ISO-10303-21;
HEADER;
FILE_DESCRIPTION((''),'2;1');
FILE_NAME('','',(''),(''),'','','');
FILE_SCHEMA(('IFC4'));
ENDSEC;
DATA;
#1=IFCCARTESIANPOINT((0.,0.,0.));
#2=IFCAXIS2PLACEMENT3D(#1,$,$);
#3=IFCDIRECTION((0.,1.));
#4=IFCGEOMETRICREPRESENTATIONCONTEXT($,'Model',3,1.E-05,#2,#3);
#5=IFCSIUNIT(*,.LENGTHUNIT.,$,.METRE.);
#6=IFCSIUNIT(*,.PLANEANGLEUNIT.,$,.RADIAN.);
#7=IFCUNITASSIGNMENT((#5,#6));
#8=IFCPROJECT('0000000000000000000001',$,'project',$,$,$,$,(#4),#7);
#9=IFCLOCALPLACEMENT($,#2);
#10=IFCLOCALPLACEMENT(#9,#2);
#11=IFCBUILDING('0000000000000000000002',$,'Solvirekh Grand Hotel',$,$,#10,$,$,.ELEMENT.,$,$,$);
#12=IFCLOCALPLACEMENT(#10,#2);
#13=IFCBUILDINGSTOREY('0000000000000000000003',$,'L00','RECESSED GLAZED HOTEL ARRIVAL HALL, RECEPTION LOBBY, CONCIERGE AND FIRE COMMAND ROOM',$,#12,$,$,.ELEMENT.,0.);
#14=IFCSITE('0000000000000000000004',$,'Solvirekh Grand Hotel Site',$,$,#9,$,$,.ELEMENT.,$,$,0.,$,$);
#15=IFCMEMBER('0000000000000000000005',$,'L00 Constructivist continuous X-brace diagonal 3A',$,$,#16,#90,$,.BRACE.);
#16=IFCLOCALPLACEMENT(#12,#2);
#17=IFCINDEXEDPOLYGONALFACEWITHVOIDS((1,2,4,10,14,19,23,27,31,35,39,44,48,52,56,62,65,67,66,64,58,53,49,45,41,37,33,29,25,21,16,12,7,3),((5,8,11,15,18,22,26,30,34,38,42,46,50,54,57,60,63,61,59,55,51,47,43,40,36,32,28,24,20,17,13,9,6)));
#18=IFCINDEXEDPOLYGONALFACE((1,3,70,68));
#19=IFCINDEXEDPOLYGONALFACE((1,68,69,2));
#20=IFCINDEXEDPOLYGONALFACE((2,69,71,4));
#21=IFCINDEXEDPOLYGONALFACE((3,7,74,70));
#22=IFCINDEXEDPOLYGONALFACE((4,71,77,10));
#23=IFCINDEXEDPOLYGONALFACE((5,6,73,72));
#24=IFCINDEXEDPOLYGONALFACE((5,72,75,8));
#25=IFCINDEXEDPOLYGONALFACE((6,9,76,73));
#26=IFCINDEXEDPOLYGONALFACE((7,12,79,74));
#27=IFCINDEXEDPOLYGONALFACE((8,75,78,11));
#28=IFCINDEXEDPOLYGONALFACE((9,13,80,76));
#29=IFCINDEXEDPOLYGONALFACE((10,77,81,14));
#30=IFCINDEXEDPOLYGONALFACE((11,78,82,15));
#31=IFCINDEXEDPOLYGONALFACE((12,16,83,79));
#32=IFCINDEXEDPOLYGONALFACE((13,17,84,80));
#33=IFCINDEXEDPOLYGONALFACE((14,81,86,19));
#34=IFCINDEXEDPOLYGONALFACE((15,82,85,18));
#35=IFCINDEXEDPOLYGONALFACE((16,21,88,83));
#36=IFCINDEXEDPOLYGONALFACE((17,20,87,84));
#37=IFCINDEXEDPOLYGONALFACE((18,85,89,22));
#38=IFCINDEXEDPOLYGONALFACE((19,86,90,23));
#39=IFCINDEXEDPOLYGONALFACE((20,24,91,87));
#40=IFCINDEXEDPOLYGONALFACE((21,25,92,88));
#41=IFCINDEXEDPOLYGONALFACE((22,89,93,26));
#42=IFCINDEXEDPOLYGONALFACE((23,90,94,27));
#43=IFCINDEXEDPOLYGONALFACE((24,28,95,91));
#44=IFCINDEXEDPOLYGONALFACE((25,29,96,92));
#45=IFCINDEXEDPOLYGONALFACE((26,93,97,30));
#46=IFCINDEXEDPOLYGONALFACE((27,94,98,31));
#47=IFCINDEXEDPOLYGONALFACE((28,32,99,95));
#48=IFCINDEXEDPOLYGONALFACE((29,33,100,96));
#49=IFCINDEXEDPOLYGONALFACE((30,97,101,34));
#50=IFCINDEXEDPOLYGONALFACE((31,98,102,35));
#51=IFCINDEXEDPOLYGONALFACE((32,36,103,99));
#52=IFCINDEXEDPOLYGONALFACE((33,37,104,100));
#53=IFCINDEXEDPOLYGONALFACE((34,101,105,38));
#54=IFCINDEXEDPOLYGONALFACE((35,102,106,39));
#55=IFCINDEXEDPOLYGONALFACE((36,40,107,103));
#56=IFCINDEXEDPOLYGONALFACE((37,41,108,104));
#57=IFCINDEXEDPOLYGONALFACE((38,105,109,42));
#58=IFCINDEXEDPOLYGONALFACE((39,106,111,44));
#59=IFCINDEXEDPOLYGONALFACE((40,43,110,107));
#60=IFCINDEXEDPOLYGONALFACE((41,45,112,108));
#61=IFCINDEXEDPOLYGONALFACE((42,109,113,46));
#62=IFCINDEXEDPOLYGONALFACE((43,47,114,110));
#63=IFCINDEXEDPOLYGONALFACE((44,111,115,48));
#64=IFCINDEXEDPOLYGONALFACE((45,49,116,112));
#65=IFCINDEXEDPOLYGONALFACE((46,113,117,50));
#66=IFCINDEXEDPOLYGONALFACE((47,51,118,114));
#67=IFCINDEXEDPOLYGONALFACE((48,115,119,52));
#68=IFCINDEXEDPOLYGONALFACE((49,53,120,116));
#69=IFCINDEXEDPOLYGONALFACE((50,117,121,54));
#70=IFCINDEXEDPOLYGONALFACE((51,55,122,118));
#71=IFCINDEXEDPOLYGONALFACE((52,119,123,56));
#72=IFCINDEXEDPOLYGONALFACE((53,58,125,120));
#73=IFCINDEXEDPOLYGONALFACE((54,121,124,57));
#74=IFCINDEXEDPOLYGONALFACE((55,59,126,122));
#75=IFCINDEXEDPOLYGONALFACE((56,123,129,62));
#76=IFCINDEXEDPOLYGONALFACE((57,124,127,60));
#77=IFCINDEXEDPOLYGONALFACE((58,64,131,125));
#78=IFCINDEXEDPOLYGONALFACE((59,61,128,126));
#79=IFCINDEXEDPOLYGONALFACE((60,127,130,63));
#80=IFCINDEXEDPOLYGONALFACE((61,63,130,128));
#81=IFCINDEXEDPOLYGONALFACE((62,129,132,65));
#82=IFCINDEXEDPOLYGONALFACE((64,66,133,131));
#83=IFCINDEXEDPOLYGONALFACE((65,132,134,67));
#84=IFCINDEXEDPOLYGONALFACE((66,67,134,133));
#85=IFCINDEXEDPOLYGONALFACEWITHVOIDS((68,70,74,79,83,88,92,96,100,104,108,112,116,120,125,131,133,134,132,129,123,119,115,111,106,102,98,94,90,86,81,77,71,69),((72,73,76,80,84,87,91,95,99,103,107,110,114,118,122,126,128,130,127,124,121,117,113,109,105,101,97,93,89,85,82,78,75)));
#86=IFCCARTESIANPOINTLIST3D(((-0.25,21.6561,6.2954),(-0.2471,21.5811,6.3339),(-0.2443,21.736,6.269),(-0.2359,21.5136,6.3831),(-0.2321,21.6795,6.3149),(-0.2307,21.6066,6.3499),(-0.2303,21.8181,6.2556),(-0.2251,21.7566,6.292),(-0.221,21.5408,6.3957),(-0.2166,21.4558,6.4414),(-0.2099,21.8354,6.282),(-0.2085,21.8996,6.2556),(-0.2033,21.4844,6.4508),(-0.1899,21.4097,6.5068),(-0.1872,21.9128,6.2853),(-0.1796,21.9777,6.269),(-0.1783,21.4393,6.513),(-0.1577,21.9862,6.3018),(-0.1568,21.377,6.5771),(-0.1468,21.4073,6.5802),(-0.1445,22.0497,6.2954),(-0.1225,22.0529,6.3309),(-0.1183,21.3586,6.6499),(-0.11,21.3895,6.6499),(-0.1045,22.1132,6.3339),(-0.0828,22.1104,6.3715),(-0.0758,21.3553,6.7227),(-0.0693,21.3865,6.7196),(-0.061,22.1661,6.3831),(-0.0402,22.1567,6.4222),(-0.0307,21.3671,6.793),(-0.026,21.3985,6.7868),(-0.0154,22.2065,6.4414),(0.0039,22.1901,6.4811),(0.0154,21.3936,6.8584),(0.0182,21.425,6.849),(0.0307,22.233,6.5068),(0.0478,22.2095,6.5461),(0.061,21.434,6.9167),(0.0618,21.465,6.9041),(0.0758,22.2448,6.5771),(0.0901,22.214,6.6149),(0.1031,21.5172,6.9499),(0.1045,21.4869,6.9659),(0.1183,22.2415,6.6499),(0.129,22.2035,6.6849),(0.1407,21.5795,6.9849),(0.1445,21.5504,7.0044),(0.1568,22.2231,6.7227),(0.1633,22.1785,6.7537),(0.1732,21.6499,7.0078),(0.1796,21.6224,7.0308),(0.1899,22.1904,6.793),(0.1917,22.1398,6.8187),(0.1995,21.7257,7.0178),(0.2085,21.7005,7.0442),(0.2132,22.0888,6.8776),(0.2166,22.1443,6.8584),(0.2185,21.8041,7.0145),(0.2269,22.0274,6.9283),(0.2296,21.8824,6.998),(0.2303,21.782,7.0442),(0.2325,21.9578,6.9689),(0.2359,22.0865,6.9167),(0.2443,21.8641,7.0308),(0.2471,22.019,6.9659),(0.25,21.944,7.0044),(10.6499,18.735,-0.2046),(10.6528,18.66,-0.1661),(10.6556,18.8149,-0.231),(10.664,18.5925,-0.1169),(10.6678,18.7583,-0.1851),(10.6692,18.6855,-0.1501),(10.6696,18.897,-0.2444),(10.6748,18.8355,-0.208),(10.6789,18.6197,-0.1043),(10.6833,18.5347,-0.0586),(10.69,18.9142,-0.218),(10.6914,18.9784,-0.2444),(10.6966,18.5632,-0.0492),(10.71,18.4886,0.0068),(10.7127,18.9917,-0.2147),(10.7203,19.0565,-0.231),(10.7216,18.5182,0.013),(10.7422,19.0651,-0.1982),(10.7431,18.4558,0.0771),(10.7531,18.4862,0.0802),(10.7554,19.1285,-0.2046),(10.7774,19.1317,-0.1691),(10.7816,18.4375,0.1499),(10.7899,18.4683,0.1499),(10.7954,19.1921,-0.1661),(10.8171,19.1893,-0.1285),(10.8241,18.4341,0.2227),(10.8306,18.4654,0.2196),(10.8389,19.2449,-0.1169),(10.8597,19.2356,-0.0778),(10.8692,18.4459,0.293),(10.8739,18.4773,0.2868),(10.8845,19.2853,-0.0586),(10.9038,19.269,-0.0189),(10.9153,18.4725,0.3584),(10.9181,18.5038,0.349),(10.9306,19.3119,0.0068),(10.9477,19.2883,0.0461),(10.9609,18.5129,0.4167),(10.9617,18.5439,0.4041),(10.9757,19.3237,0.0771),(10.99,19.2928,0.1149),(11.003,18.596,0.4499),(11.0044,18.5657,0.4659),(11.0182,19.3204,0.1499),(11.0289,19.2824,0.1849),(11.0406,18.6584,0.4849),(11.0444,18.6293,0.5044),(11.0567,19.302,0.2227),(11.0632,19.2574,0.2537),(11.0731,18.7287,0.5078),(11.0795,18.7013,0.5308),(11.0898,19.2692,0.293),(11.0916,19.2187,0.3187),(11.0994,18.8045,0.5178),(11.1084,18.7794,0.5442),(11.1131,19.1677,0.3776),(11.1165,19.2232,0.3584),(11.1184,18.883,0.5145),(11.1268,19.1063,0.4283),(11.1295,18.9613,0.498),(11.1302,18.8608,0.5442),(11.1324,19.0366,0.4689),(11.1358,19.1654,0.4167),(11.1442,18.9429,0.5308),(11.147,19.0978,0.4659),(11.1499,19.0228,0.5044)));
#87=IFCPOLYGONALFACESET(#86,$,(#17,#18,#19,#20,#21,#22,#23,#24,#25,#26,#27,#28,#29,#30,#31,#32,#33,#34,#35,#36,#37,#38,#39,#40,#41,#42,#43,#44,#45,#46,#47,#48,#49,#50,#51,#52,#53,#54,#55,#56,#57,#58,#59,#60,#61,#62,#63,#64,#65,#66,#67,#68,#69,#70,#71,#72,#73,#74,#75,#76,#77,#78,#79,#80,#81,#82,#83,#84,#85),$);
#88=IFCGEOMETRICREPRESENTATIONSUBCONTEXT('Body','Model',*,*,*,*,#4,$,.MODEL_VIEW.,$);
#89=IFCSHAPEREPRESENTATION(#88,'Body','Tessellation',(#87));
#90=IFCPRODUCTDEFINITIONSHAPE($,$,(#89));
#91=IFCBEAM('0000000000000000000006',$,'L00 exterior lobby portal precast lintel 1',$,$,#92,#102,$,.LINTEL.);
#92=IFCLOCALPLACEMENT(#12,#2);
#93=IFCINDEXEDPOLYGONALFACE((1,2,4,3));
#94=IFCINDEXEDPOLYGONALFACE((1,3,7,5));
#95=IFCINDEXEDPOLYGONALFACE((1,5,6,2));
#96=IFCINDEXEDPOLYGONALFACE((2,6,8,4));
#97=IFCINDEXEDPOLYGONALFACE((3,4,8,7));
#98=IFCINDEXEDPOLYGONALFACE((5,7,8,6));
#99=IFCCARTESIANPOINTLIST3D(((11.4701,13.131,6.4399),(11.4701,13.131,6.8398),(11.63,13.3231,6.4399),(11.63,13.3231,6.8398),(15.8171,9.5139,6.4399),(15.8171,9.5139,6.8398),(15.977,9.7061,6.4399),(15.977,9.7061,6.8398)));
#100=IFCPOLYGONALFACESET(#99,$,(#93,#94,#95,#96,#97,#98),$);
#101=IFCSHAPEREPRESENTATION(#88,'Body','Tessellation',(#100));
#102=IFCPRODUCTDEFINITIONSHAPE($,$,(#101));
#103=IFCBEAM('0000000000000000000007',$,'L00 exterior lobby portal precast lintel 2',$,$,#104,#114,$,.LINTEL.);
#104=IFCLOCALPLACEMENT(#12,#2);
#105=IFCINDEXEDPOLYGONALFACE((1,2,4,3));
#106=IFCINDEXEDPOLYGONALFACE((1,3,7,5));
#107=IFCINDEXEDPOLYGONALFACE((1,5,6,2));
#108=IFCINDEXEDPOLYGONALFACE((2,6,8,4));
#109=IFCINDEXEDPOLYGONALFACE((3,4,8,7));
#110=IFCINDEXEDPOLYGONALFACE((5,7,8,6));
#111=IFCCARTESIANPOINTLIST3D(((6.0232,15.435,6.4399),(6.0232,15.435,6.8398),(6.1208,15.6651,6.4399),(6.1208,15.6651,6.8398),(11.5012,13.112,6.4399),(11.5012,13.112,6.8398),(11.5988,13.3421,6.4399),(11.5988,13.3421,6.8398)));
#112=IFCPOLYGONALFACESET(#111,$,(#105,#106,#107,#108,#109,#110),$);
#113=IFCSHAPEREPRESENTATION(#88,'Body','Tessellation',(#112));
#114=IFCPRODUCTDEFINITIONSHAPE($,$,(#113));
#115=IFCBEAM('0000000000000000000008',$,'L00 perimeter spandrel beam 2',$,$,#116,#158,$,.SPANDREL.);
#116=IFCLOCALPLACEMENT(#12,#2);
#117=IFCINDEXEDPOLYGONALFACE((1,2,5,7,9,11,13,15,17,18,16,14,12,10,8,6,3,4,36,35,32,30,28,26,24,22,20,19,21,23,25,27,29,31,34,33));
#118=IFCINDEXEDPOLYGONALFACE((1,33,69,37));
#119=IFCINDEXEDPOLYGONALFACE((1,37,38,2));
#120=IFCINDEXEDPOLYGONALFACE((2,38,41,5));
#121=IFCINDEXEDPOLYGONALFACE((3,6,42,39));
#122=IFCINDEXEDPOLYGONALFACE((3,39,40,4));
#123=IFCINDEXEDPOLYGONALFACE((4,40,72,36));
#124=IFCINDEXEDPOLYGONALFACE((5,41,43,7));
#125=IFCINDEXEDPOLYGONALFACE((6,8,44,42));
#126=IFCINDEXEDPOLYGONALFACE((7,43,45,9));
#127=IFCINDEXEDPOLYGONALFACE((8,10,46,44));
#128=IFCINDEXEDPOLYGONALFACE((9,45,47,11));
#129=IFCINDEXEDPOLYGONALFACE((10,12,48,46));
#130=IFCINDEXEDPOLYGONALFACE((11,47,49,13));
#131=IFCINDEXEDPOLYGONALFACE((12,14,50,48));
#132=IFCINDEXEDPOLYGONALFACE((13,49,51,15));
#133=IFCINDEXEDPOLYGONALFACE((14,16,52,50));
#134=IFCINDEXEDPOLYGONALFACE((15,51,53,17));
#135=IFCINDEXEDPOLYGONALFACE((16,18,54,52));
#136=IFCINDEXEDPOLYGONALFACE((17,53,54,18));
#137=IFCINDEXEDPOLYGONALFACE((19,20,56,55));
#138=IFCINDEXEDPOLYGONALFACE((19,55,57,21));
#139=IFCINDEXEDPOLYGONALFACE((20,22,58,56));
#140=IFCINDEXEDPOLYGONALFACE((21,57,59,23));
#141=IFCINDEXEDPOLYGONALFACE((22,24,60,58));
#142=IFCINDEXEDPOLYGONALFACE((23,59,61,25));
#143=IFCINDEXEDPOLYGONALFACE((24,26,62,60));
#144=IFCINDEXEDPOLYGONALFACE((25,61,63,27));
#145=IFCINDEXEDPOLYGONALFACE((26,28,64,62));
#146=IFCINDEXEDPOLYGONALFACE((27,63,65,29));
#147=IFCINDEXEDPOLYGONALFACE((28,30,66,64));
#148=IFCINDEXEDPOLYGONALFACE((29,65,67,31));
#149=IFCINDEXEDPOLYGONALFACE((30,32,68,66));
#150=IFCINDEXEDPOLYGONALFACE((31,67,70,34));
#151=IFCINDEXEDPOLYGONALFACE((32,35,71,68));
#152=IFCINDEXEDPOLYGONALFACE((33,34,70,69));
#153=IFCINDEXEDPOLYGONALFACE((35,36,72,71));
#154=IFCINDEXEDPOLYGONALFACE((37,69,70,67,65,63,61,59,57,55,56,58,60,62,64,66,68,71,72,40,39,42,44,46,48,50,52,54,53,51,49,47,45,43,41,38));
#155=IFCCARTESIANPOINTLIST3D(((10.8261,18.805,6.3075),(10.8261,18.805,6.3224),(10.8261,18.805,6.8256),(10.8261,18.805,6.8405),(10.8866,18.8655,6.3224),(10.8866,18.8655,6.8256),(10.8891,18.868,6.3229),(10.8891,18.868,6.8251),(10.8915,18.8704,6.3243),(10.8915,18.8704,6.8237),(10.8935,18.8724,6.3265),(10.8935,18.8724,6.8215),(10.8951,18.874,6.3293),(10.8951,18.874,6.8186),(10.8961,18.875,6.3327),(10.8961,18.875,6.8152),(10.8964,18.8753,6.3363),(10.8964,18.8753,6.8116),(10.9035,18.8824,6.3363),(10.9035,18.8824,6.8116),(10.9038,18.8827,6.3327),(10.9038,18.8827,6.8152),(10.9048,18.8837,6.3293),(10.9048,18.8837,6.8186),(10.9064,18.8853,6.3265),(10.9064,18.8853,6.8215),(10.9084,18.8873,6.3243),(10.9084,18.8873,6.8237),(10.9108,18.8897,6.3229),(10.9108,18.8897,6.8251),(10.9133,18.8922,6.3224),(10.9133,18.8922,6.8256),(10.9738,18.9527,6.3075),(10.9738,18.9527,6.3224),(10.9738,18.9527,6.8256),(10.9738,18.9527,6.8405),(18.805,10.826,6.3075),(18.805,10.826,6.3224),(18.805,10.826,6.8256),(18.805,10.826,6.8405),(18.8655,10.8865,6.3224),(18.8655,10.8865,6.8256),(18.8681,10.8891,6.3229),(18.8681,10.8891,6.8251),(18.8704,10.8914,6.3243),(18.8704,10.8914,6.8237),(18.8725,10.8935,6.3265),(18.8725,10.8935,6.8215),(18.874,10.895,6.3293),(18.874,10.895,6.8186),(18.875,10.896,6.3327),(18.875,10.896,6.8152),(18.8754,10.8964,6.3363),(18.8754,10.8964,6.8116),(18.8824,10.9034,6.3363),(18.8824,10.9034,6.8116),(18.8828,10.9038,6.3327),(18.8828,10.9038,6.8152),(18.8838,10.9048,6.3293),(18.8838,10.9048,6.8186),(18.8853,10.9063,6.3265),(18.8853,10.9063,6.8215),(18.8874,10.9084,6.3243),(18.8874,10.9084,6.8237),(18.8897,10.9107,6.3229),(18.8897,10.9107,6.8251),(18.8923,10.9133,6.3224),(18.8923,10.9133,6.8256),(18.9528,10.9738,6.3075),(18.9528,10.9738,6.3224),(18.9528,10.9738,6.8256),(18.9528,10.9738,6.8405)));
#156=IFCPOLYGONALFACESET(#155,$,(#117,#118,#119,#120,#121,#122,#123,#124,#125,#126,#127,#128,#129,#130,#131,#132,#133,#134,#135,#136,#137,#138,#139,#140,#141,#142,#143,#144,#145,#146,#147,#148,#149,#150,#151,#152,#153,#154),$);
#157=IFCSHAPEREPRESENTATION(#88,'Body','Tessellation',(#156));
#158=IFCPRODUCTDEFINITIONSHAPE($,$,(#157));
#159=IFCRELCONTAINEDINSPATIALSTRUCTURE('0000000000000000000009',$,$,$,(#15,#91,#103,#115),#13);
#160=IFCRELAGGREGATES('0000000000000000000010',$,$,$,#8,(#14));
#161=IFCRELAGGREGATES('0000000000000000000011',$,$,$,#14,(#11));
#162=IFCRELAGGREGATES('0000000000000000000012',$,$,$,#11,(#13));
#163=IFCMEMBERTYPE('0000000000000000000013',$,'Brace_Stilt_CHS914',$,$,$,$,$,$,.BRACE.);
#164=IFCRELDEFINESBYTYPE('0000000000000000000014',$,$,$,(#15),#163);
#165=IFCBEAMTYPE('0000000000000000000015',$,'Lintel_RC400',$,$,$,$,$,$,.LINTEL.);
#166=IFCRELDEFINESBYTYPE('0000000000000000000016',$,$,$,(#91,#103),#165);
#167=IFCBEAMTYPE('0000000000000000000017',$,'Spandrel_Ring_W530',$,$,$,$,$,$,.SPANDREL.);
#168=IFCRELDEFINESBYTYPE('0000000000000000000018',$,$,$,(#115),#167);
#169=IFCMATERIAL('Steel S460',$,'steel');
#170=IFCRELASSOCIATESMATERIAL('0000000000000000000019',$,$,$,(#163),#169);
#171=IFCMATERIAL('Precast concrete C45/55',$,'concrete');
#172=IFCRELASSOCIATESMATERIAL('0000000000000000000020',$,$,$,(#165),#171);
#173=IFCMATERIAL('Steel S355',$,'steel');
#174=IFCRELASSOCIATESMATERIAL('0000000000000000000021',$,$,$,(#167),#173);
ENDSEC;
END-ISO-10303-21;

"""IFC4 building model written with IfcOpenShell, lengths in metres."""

from ifc_helpers import new_model, si_unit, direction, frame, origin, origin_2d, place, context, subcontext, project, spatial, rectangle, hollow_circle, i_section, extrude, material, material_profile, profile_set, type_object, element, save


model = new_model("IFC4")

# Units and contexts
model_context = context("Model", 3, precision=1e-05, world=origin(), true_north=direction((0.0, 1.0)))
body_context = subcontext(model_context, "Body", "Model", "MODEL_VIEW")
ifc_project = project(units=[si_unit("LENGTHUNIT", "METRE"), si_unit("PLANEANGLEUNIT", "RADIAN")], contexts=[model_context])

# Site, building, storey
site_placement = place(None, origin())
site = spatial("IfcSite", under=ifc_project, at=site_placement, Name="Solvirekh Grand Hotel Site", CompositionType="ELEMENT", RefElevation=0.0)
building_placement = place(site_placement, origin())
building = spatial("IfcBuilding", under=site, at=building_placement, Name="Solvirekh Grand Hotel", CompositionType="ELEMENT")
storey_placement = place(building_placement, origin())
storey = spatial("IfcBuildingStorey", under=building, at=storey_placement, Name="L00", Description="RECESSED GLAZED HOTEL ARRIVAL HALL, RECEPTION LOBBY, CONCIERGE AND FIRE COMMAND ROOM", CompositionType="ELEMENT", Elevation=0.0)

# Member
ifc_material_1 = material(Name="Steel S460", Category="steel")
ifc_material_profile_1 = material_profile(ifc_material_1, hollow_circle(Radius=0.457, WallThickness=0.032, at=origin_2d()), Name="CHS 914X32")
ifc_profile_set_1 = profile_set([ifc_material_profile_1], Name="Steel S460")
member_type = type_object("IfcMemberType", Name="Brace_Stilt_CHS914", PredefinedType="BRACE", material=ifc_profile_set_1)
member_1_placement = place(storey_placement, frame((10.8999, 18.8789, 0.1499), z_axis=(-0.836992, 0.224311, 0.499128), x_axis=(-0.258862, -0.965914, 0.0)))
element("IfcMember", 1, at=member_1_placement, inside=storey, type_object=member_type, Name="L00 Constructivist continuous X-brace diagonal 3A", PredefinedType="BRACE", context=body_context, shape_type="SweptSolid", body=[
    extrude(hollow_circle(Radius=0.457, WallThickness=0.032, at=origin_2d()), origin(), (0.0, 0.0, 1.0), 13.0227),
])

# Beams
ifc_material_2 = material(Name="Precast concrete C45/55", Category="concrete")
ifc_material_profile_2 = material_profile(ifc_material_2, rectangle(XDim=0.25, YDim=0.3999, at=origin_2d()), Name="RC LINTEL 250X400")
ifc_profile_set_2 = profile_set([ifc_material_profile_2], Name="Precast concrete C45/55")
beam_type_1 = type_object("IfcBeamType", Name="Lintel_RC400", PredefinedType="LINTEL", material=ifc_profile_set_2)
beam_1_placement = place(storey_placement, frame((11.55, 13.2271, 6.6399), z_axis=(0.768699, -0.639611, 0.0), x_axis=(0.639611, 0.768699, 0.0)))
element("IfcBeam", 2, at=beam_1_placement, inside=storey, type_object=beam_type_1, Name="L00 exterior lobby portal precast lintel 1", PredefinedType="LINTEL", context=body_context, shape_type="SweptSolid", body=[
    extrude(rectangle(XDim=0.25, YDim=0.3999, at=origin_2d()), origin(), (0.0, 0.0, 1.0), 5.655),
])
beam_2_placement = place(storey_placement, frame((6.072, 15.55, 6.6399), z_axis=(0.920643, -0.390405, 0.0), x_axis=(0.390405, 0.920643, 0.0)))
element("IfcBeam", 3, at=beam_2_placement, inside=storey, type_object=beam_type_1, Name="L00 exterior lobby portal precast lintel 2", PredefinedType="LINTEL", context=body_context, shape_type="SweptSolid", body=[
    extrude(rectangle(XDim=0.25, YDim=0.3999, at=origin_2d()), origin(), (0.0, 0.0, 1.0), 5.9502),
])
ifc_material_3 = material(Name="Steel S355", Category="steel")
ifc_material_profile_3 = material_profile(ifc_material_3, i_section(OverallWidth=0.209, OverallDepth=0.533, WebThickness=0.01, FlangeThickness=0.0149, FilletRadius=0.0139, at=origin_2d()), Name="W530X92")
ifc_profile_set_3 = profile_set([ifc_material_profile_3], Name="Steel S355")
beam_type_2 = type_object("IfcBeamType", Name="Spandrel_Ring_W530", PredefinedType="SPANDREL", material=ifc_profile_set_3)
beam_3_placement = place(storey_placement, frame((18.8789, 10.8999, 6.574), z_axis=(-0.707107, 0.707107, 0.0), x_axis=(-0.707107, -0.707107, 0.0)))
element("IfcBeam", 4, at=beam_3_placement, inside=storey, type_object=beam_type_2, Name="L00 perimeter spandrel beam 2", PredefinedType="SPANDREL", context=body_context, shape_type="SweptSolid", body=[
    extrude(i_section(OverallWidth=0.209, OverallDepth=0.533, WebThickness=0.01, FlangeThickness=0.0149, FilletRadius=0.0139, at=origin_2d()), origin(), (0.0, 0.0, 1.0), 11.2839),
])

save(model, "model.ifc")
